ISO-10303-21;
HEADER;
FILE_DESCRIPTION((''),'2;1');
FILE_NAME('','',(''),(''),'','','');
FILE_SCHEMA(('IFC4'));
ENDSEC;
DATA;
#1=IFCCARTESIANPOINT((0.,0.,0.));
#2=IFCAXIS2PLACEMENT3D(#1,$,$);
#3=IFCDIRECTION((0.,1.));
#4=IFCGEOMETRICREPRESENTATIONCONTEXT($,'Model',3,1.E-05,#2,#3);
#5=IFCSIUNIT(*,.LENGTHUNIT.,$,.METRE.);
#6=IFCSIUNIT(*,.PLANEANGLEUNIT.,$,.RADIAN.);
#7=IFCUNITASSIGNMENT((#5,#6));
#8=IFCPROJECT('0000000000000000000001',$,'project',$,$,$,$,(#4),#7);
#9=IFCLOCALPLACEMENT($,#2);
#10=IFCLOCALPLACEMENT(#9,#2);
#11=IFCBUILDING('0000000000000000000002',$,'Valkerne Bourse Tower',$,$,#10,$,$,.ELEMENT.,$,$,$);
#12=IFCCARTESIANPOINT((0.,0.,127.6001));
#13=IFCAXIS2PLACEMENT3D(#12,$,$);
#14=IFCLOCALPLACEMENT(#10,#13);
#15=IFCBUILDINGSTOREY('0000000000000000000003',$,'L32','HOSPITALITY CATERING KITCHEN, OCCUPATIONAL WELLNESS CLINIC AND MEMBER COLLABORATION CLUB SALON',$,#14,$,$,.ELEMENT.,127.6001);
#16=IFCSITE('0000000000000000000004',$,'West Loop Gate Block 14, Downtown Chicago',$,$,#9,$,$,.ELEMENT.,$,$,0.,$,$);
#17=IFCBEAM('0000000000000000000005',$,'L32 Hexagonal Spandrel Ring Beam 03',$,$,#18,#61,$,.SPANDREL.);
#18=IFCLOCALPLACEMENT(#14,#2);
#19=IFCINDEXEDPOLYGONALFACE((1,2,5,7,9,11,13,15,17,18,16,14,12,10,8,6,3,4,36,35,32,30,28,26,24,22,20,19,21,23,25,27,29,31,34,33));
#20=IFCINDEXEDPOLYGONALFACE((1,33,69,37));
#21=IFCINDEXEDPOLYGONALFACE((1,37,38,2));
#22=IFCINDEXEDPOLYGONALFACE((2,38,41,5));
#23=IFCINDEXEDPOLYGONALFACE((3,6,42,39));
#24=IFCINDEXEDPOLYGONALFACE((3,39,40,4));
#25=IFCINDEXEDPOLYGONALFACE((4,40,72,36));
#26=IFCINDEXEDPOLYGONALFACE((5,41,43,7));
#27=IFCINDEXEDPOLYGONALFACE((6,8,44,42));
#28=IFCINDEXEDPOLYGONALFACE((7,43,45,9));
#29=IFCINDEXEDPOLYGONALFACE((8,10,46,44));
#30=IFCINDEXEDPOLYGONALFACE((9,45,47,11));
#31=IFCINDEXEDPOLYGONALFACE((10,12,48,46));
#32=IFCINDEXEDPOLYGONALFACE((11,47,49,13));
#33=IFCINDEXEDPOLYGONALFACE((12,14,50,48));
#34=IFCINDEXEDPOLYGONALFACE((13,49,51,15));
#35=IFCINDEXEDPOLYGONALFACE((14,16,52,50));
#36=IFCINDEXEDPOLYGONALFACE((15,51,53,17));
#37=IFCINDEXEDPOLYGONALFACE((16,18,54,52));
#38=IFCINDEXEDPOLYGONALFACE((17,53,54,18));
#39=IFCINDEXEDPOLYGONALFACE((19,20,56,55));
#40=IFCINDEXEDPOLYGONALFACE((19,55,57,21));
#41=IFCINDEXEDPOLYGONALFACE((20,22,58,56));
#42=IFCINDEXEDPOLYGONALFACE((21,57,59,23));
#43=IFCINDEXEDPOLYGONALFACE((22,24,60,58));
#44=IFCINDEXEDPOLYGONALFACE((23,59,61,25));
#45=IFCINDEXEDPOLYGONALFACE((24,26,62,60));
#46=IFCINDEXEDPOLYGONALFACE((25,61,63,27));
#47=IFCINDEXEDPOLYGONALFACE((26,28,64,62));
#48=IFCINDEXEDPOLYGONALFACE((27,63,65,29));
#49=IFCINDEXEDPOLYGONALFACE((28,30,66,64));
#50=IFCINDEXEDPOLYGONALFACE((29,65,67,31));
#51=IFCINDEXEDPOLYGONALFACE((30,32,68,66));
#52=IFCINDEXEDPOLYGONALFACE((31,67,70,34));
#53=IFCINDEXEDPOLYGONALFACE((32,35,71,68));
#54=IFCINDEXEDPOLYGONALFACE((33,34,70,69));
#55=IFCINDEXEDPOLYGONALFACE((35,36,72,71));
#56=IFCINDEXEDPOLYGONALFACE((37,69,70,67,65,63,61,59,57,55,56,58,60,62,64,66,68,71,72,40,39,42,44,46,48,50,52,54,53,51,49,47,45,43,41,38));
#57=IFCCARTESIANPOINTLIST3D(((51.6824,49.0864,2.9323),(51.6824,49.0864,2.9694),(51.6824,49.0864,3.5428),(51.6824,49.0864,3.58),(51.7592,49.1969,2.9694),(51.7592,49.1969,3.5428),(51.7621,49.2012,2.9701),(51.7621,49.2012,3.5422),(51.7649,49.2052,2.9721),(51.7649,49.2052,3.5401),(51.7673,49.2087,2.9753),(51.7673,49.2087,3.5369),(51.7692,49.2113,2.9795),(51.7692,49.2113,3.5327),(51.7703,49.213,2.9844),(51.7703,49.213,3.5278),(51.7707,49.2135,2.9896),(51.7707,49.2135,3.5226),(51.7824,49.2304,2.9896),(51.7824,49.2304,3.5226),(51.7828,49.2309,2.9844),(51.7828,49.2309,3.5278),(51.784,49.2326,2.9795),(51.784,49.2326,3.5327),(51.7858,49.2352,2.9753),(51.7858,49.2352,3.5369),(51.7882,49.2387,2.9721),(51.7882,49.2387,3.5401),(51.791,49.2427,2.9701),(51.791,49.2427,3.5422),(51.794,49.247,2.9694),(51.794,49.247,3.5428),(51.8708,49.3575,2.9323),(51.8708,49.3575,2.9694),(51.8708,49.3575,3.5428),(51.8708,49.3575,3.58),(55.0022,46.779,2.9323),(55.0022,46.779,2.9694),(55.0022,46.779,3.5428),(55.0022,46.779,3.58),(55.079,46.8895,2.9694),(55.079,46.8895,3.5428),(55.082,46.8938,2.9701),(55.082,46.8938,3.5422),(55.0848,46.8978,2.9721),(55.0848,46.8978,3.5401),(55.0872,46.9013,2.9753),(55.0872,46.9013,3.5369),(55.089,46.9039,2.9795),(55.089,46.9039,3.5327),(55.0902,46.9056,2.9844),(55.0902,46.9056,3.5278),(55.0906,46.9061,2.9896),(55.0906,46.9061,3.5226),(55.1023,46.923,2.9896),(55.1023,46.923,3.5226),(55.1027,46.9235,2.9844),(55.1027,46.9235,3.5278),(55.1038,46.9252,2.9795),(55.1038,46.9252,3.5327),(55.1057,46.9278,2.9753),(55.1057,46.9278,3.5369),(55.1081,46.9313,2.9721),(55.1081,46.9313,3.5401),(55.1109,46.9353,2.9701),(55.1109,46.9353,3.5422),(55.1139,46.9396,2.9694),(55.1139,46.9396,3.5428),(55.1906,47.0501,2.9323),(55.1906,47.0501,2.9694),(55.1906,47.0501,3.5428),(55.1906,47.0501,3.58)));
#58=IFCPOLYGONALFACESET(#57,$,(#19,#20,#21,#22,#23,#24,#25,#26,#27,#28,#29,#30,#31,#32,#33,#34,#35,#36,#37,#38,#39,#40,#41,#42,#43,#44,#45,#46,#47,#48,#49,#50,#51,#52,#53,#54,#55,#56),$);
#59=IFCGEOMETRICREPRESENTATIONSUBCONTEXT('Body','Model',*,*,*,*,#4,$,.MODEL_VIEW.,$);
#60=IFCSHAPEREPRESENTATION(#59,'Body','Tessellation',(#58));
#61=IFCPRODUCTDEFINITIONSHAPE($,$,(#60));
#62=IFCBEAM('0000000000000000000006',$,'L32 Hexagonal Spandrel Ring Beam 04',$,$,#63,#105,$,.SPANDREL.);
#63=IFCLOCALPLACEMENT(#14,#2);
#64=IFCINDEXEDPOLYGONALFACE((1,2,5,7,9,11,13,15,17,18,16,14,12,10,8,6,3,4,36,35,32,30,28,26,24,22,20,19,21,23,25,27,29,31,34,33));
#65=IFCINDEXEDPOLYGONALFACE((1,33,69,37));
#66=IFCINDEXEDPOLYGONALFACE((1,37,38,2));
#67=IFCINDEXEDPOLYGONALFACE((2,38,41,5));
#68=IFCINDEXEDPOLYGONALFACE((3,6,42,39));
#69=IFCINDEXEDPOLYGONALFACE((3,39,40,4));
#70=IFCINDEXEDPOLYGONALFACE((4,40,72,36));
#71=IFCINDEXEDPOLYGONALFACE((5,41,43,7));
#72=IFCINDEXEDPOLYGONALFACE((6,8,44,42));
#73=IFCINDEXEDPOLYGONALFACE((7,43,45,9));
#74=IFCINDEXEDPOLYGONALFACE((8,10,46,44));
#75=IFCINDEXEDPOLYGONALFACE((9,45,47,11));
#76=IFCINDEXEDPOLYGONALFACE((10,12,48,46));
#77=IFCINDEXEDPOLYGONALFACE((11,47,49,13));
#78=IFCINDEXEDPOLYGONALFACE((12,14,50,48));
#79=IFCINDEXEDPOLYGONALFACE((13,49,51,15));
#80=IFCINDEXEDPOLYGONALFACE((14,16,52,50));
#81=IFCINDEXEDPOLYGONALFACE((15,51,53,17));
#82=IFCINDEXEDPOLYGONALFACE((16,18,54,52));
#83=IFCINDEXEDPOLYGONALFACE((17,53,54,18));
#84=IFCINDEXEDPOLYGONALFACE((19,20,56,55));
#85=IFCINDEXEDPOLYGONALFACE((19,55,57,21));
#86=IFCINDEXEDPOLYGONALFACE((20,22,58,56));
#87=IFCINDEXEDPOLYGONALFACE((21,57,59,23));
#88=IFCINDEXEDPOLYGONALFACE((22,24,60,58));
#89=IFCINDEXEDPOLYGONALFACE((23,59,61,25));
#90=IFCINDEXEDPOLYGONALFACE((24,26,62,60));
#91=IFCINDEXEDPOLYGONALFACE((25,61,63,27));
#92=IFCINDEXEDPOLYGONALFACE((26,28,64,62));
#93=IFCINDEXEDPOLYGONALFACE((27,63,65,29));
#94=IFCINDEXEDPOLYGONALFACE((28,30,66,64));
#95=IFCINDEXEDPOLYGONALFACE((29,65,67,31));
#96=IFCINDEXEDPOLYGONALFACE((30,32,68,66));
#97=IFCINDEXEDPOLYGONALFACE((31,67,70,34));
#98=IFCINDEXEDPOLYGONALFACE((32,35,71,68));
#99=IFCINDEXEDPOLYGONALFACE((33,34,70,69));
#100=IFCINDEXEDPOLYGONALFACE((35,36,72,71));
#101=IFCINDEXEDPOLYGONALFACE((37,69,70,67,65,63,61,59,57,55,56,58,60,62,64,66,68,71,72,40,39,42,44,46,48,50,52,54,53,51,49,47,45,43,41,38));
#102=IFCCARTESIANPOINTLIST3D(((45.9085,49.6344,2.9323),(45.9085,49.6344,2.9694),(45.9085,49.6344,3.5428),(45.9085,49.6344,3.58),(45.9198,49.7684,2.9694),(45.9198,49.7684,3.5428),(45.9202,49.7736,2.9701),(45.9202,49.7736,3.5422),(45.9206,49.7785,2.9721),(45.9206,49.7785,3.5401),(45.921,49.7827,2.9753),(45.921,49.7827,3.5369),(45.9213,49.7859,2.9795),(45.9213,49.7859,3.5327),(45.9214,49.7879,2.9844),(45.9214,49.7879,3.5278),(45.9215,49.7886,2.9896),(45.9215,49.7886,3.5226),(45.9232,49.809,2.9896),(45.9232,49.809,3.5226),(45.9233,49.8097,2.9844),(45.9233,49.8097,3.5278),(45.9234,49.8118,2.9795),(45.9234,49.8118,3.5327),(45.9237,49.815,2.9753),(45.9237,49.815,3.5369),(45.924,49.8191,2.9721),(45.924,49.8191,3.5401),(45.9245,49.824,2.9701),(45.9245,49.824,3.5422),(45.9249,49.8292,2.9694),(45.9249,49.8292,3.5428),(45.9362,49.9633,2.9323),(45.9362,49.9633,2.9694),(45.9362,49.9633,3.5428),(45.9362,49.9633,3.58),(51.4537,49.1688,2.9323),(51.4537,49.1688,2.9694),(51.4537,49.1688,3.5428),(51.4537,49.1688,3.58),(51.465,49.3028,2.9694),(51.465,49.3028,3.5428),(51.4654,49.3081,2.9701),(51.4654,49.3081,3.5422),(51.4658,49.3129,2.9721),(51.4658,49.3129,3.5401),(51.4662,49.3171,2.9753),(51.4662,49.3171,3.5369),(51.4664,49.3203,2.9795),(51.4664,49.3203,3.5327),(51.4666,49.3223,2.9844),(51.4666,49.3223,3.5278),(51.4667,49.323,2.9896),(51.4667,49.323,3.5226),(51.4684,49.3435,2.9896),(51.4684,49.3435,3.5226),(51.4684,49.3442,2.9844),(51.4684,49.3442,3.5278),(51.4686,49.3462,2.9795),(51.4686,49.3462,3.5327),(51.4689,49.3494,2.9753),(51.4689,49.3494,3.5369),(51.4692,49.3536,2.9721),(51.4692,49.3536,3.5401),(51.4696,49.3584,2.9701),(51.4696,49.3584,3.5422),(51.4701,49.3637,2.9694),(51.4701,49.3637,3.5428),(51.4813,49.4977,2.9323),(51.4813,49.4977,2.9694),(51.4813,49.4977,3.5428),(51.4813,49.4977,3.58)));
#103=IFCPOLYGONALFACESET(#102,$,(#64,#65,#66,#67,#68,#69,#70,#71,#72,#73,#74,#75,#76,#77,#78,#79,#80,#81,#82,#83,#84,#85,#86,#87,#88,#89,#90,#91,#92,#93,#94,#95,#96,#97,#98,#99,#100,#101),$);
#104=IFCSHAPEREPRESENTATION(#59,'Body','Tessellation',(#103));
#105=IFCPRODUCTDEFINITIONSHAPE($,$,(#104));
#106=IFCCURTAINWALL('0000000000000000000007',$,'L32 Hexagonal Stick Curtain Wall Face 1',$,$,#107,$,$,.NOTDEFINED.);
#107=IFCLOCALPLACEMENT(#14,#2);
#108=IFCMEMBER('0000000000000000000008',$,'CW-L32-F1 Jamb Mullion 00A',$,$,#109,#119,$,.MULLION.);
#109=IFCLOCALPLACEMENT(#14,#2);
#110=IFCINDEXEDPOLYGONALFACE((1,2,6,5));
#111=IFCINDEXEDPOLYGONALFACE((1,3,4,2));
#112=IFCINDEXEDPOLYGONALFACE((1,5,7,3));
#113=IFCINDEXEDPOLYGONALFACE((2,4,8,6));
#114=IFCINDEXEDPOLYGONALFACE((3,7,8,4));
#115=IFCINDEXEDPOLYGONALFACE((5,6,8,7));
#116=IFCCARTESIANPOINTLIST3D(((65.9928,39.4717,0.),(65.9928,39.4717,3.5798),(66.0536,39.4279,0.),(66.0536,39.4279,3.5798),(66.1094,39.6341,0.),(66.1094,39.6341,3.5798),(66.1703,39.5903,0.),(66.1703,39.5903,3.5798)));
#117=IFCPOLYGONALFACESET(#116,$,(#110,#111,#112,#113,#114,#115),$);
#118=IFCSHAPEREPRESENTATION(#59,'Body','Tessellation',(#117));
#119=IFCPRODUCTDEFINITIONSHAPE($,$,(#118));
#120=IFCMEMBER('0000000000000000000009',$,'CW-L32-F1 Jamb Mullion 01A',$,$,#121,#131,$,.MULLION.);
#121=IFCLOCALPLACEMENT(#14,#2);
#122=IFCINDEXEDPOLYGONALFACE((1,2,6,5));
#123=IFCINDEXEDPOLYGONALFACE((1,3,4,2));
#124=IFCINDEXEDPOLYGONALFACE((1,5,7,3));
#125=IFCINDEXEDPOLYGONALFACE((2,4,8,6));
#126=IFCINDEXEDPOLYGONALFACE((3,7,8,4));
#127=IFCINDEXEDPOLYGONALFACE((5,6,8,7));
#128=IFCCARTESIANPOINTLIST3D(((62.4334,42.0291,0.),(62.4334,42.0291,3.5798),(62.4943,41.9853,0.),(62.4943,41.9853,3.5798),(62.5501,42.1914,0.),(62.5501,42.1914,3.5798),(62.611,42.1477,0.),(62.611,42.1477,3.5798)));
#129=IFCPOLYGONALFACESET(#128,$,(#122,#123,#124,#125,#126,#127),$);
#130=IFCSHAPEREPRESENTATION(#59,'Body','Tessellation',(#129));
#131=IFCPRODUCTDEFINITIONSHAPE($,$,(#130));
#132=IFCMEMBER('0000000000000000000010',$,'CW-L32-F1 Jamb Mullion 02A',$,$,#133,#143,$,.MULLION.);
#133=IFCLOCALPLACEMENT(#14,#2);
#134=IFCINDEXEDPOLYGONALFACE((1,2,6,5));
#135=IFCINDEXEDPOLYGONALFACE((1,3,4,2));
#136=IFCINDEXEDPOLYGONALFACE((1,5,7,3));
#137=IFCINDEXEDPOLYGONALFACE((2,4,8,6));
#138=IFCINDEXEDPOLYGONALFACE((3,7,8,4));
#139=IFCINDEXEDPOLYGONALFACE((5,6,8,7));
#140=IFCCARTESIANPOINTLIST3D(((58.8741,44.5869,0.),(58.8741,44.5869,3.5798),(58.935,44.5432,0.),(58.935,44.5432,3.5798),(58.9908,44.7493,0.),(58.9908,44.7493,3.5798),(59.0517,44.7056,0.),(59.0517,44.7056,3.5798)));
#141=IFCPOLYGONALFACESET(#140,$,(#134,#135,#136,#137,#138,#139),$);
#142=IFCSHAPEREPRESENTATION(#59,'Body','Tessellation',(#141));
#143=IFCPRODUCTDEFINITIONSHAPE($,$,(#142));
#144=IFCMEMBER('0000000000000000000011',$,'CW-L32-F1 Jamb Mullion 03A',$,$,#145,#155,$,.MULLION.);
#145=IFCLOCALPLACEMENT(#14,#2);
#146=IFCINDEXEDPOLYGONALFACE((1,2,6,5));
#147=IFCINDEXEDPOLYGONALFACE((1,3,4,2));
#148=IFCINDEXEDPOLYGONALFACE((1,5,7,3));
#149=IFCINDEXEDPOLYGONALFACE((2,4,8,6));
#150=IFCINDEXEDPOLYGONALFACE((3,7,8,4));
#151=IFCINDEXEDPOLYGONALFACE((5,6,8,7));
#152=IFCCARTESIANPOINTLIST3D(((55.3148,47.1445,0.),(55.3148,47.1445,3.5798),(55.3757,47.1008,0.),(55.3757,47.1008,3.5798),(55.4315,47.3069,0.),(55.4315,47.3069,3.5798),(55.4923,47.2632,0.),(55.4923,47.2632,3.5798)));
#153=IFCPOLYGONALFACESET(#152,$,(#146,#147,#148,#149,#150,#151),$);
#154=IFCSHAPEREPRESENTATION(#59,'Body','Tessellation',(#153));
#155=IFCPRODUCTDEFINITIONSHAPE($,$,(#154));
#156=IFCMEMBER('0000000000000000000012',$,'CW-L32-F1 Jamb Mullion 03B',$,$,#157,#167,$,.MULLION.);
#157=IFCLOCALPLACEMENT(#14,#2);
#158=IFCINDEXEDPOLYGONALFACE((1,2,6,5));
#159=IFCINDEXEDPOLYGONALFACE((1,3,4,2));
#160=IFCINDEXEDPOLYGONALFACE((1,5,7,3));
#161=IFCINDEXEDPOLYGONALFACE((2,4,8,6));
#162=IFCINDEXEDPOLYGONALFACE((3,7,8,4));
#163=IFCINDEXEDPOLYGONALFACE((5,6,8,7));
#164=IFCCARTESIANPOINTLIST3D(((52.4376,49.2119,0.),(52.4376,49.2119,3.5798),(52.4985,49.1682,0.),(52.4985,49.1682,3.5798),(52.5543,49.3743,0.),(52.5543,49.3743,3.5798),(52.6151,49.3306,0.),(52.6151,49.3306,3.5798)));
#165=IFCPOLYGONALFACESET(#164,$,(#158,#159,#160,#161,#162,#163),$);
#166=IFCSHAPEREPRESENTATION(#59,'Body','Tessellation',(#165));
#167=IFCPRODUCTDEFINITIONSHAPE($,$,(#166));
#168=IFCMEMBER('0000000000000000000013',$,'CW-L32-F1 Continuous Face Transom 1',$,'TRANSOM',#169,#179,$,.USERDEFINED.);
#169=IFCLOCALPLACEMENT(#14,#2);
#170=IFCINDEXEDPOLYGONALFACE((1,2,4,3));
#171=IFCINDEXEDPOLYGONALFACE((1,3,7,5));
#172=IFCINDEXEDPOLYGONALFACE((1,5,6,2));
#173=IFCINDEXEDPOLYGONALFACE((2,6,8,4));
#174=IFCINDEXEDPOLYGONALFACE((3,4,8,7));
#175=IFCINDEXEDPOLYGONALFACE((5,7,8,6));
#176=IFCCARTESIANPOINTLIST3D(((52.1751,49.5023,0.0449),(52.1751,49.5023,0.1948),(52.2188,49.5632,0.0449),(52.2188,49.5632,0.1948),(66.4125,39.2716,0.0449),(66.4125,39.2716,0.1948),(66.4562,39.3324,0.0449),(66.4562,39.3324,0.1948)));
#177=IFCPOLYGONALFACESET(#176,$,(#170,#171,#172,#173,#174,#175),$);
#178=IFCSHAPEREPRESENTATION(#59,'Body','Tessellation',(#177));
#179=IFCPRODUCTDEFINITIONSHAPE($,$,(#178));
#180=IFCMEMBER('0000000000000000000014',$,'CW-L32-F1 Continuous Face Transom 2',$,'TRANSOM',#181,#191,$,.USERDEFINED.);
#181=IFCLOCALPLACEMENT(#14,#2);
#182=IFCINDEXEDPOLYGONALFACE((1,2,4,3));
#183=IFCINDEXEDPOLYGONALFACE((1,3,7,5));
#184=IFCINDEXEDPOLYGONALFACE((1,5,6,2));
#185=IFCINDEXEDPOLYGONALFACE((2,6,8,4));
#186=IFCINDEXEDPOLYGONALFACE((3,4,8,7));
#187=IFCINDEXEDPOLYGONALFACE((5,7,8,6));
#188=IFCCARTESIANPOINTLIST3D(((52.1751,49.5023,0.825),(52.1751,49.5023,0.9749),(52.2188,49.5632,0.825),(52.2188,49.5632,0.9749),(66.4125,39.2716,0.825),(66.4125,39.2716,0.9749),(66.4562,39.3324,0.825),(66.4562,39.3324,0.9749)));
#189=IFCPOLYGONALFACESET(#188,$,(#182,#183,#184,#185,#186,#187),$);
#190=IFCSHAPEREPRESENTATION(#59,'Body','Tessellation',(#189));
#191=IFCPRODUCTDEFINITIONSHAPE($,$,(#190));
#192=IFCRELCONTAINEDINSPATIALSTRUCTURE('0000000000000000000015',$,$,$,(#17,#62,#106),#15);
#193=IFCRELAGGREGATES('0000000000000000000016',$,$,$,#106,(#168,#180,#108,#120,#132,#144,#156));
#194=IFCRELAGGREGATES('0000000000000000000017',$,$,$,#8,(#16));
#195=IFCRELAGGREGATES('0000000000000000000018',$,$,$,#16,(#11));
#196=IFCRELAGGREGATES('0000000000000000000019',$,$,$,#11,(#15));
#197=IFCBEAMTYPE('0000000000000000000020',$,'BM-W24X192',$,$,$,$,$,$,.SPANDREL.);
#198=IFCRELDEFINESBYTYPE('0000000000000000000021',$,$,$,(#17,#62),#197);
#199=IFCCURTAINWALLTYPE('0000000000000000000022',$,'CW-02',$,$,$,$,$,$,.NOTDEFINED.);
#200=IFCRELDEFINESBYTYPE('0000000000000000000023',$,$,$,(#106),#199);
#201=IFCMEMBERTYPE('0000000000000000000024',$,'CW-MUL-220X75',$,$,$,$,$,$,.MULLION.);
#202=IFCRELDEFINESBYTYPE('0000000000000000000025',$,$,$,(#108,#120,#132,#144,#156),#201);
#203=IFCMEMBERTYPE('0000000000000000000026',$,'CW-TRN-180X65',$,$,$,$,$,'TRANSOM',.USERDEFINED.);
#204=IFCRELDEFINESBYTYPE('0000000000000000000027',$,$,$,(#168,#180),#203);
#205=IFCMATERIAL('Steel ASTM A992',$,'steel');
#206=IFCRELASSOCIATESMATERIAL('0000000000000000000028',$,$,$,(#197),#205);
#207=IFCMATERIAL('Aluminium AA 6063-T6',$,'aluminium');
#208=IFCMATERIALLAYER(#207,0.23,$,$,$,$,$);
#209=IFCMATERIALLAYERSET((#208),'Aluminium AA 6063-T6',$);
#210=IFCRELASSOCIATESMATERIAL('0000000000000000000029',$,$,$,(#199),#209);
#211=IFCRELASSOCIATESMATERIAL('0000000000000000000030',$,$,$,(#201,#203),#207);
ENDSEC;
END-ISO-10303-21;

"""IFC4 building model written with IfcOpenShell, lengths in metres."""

from ifc_helpers import new_model, si_unit, direction, frame, origin, origin_2d, place, context, subcontext, project, spatial, rectangle, i_section, extrude, material, layer, layer_set, material_profile, profile_set, type_object, element, aggregate, save


model = new_model("IFC4")

# Units and contexts
model_context = context("Model", 3, precision=1e-05, world=origin(), true_north=direction((0.0, 1.0)))
body_context = subcontext(model_context, "Body", "Model", "MODEL_VIEW")
ifc_project = project(units=[si_unit("LENGTHUNIT", "METRE"), si_unit("PLANEANGLEUNIT", "RADIAN")], contexts=[model_context])

# Site, building, storey
site_placement = place(None, origin())
site = spatial("IfcSite", under=ifc_project, at=site_placement, Name="West Loop Gate Block 14, Downtown Chicago", CompositionType="ELEMENT", RefElevation=0.0)
building_placement = place(site_placement, origin())
building = spatial("IfcBuilding", under=site, at=building_placement, Name="Valkerne Bourse Tower", CompositionType="ELEMENT")
storey_placement = place(building_placement, frame((0.0, 0.0, 127.6001)))
storey = spatial("IfcBuildingStorey", under=building, at=storey_placement, Name="L32", Description="HOSPITALITY CATERING KITCHEN, OCCUPATIONAL WELLNESS CLINIC AND MEMBER COLLABORATION CLUB SALON", CompositionType="ELEMENT", Elevation=127.6001)

# Beams
ifc_material_1 = material(Name="Steel ASTM A992", Category="steel")
ifc_material_profile_1 = material_profile(ifc_material_1, i_section(OverallWidth=0.3301, OverallDepth=0.6477, WebThickness=0.0205, FlangeThickness=0.0371, FilletRadius=0.0203, at=origin_2d()), Name="W24X192")
ifc_profile_set_1 = profile_set([ifc_material_profile_1], Name="Steel ASTM A992")
beam_type = type_object("IfcBeamType", Name="BM-W24X192", PredefinedType="SPANDREL", material=ifc_profile_set_1)
for number, where, z_axis, x_axis, name in (
    (1, (55.0964, 46.9146, 3.2561), (-0.821145, 0.570719, 0.0), (-0.570719, -0.821145, 0.0), "L32 Hexagonal Spandrel Ring Beam 03"),
):
    element("IfcBeam", number, at=place(storey_placement, frame(where, z_axis=z_axis, x_axis=x_axis)), inside=storey, type_object=beam_type, Name=name, PredefinedType="SPANDREL", context=body_context, shape_type="SweptSolid", body=[
        extrude(i_section(OverallWidth=0.3301, OverallDepth=0.6477, WebThickness=0.0205, FlangeThickness=0.0371, FilletRadius=0.0203, at=origin_2d()), origin(), (0.0, 0.0, 1.0), 4.043),
    ])
beam_placement = place(storey_placement, frame((51.4675, 49.3333, 3.2561), z_axis=(-0.996494, 0.083666, 0.0), x_axis=(-0.083666, -0.996494, 0.0)))
element("IfcBeam", 2, at=beam_placement, inside=storey, type_object=beam_type, Name="L32 Hexagonal Spandrel Ring Beam 04", PredefinedType="SPANDREL", context=body_context, shape_type="SweptSolid", body=[
    extrude(i_section(OverallWidth=0.3301, OverallDepth=0.6477, WebThickness=0.0205, FlangeThickness=0.0371, FilletRadius=0.0203, at=origin_2d()), origin(), (0.0, 0.0, 1.0), 5.5647),
])

# Curtain wall, members
ifc_material_2 = material(Name="Aluminium AA 6063-T6", Category="aluminium")
ifc_layer_1 = layer(ifc_material_2, 0.23)
ifc_layer_set_1 = layer_set([ifc_layer_1], Name="Aluminium AA 6063-T6")
curtain_wall_type = type_object("IfcCurtainWallType", Name="CW-02", PredefinedType="NOTDEFINED", material=ifc_layer_set_1)
curtain_wall_placement = place(storey_placement, origin())
curtain_wall = element("IfcCurtainWall", 3, at=curtain_wall_placement, inside=storey, type_object=curtain_wall_type, Name="L32 Hexagonal Stick Curtain Wall Face 1", PredefinedType="NOTDEFINED")
ifc_material_profile_2 = material_profile(ifc_material_2, rectangle(XDim=0.075, YDim=0.2, at=origin_2d()), Name="CWM-75X200")
ifc_profile_set_2 = profile_set([ifc_material_profile_2], Name="Aluminium AA 6063-T6")
member_type_1 = type_object("IfcMemberType", Name="CW-MUL-220X75", PredefinedType="MULLION", material=ifc_profile_set_2)
member_1_placement = place(storey_placement, frame((66.0815, 39.531, 0.0), z_axis=(0.0, 0.0, 1.0), x_axis=(-0.812093, 0.583528, 0.0)))
member_1 = element("IfcMember", 4, at=member_1_placement, type_object=member_type_1, Name="CW-L32-F1 Jamb Mullion 00A", PredefinedType="MULLION", context=body_context, shape_type="SweptSolid", body=[
    extrude(rectangle(XDim=0.075, YDim=0.2, at=origin_2d()), origin(), (0.0, 0.0, 1.0), 3.5798),
])
member_2_placement = place(storey_placement, frame((62.5222, 42.0884, 0.0), z_axis=(0.0, 0.0, 1.0), x_axis=(-0.812074, 0.583554, 0.0)))
member_2 = element("IfcMember", 5, at=member_2_placement, type_object=member_type_1, Name="CW-L32-F1 Jamb Mullion 01A", PredefinedType="MULLION", context=body_context, shape_type="SweptSolid", body=[
    extrude(rectangle(XDim=0.075, YDim=0.2, at=origin_2d()), origin(), (0.0, 0.0, 1.0), 3.5798),
])
member_3_placement = place(storey_placement, frame((58.9629, 44.6462, 0.0), z_axis=(0.0, 0.0, 1.0), x_axis=(-0.812082, 0.583543, 0.0)))
member_3 = element("IfcMember", 6, at=member_3_placement, type_object=member_type_1, Name="CW-L32-F1 Jamb Mullion 02A", PredefinedType="MULLION", context=body_context, shape_type="SweptSolid", body=[
    extrude(rectangle(XDim=0.075, YDim=0.2, at=origin_2d()), origin(), (0.0, 0.0, 1.0), 3.5798),
])
member_4_placement = place(storey_placement, frame((55.4036, 47.2039, 0.0), z_axis=(0.0, 0.0, 1.0), x_axis=(-0.812093, 0.583528, 0.0)))
member_4 = element("IfcMember", 7, at=member_4_placement, type_object=member_type_1, Name="CW-L32-F1 Jamb Mullion 03A", PredefinedType="MULLION", context=body_context, shape_type="SweptSolid", body=[
    extrude(rectangle(XDim=0.075, YDim=0.2, at=origin_2d()), origin(), (0.0, 0.0, 1.0), 3.5798),
])
member_5_placement = place(storey_placement, frame((52.5264, 49.2712, 0.0), z_axis=(0.0, 0.0, 1.0), x_axis=(-0.812093, 0.583528, 0.0)))
member_5 = element("IfcMember", 8, at=member_5_placement, type_object=member_type_1, Name="CW-L32-F1 Jamb Mullion 03B", PredefinedType="MULLION", context=body_context, shape_type="SweptSolid", body=[
    extrude(rectangle(XDim=0.075, YDim=0.2, at=origin_2d()), origin(), (0.0, 0.0, 1.0), 3.5798),
])
ifc_material_profile_3 = material_profile(ifc_material_2, rectangle(XDim=0.075, YDim=0.1499, at=origin_2d()), Name="CWT-75X150")
ifc_profile_set_3 = profile_set([ifc_material_profile_3], Name="Aluminium AA 6063-T6")
member_type_2 = type_object("IfcMemberType", Name="CW-TRN-180X65", ElementType="TRANSOM", PredefinedType="USERDEFINED", material=ifc_profile_set_3)
member_6_placement = place(storey_placement, frame((66.4343, 39.302, 0.1199), z_axis=(-0.812079, 0.583548, 0.0), x_axis=(-0.583548, -0.812079, 0.0)))
member_6 = element("IfcMember", 9, at=member_6_placement, type_object=member_type_2, Name="CW-L32-F1 Continuous Face Transom 1", ObjectType="TRANSOM", PredefinedType="USERDEFINED", context=body_context, shape_type="SweptSolid", body=[
    extrude(rectangle(XDim=0.075, YDim=0.1499, at=origin_2d()), origin(), (0.0, 0.0, 1.0), 17.532),
])
member_7_placement = place(storey_placement, frame((66.4343, 39.302, 0.8999), z_axis=(-0.812079, 0.583548, 0.0), x_axis=(-0.583548, -0.812079, 0.0)))
member_7 = element("IfcMember", 10, at=member_7_placement, type_object=member_type_2, Name="CW-L32-F1 Continuous Face Transom 2", ObjectType="TRANSOM", PredefinedType="USERDEFINED", context=body_context, shape_type="SweptSolid", body=[
    extrude(rectangle(XDim=0.075, YDim=0.1499, at=origin_2d()), origin(), (0.0, 0.0, 1.0), 17.532),
])

aggregate(curtain_wall, [member_6, member_7, member_1, member_2, member_3, member_4, member_5])

save(model, "model.ifc")
